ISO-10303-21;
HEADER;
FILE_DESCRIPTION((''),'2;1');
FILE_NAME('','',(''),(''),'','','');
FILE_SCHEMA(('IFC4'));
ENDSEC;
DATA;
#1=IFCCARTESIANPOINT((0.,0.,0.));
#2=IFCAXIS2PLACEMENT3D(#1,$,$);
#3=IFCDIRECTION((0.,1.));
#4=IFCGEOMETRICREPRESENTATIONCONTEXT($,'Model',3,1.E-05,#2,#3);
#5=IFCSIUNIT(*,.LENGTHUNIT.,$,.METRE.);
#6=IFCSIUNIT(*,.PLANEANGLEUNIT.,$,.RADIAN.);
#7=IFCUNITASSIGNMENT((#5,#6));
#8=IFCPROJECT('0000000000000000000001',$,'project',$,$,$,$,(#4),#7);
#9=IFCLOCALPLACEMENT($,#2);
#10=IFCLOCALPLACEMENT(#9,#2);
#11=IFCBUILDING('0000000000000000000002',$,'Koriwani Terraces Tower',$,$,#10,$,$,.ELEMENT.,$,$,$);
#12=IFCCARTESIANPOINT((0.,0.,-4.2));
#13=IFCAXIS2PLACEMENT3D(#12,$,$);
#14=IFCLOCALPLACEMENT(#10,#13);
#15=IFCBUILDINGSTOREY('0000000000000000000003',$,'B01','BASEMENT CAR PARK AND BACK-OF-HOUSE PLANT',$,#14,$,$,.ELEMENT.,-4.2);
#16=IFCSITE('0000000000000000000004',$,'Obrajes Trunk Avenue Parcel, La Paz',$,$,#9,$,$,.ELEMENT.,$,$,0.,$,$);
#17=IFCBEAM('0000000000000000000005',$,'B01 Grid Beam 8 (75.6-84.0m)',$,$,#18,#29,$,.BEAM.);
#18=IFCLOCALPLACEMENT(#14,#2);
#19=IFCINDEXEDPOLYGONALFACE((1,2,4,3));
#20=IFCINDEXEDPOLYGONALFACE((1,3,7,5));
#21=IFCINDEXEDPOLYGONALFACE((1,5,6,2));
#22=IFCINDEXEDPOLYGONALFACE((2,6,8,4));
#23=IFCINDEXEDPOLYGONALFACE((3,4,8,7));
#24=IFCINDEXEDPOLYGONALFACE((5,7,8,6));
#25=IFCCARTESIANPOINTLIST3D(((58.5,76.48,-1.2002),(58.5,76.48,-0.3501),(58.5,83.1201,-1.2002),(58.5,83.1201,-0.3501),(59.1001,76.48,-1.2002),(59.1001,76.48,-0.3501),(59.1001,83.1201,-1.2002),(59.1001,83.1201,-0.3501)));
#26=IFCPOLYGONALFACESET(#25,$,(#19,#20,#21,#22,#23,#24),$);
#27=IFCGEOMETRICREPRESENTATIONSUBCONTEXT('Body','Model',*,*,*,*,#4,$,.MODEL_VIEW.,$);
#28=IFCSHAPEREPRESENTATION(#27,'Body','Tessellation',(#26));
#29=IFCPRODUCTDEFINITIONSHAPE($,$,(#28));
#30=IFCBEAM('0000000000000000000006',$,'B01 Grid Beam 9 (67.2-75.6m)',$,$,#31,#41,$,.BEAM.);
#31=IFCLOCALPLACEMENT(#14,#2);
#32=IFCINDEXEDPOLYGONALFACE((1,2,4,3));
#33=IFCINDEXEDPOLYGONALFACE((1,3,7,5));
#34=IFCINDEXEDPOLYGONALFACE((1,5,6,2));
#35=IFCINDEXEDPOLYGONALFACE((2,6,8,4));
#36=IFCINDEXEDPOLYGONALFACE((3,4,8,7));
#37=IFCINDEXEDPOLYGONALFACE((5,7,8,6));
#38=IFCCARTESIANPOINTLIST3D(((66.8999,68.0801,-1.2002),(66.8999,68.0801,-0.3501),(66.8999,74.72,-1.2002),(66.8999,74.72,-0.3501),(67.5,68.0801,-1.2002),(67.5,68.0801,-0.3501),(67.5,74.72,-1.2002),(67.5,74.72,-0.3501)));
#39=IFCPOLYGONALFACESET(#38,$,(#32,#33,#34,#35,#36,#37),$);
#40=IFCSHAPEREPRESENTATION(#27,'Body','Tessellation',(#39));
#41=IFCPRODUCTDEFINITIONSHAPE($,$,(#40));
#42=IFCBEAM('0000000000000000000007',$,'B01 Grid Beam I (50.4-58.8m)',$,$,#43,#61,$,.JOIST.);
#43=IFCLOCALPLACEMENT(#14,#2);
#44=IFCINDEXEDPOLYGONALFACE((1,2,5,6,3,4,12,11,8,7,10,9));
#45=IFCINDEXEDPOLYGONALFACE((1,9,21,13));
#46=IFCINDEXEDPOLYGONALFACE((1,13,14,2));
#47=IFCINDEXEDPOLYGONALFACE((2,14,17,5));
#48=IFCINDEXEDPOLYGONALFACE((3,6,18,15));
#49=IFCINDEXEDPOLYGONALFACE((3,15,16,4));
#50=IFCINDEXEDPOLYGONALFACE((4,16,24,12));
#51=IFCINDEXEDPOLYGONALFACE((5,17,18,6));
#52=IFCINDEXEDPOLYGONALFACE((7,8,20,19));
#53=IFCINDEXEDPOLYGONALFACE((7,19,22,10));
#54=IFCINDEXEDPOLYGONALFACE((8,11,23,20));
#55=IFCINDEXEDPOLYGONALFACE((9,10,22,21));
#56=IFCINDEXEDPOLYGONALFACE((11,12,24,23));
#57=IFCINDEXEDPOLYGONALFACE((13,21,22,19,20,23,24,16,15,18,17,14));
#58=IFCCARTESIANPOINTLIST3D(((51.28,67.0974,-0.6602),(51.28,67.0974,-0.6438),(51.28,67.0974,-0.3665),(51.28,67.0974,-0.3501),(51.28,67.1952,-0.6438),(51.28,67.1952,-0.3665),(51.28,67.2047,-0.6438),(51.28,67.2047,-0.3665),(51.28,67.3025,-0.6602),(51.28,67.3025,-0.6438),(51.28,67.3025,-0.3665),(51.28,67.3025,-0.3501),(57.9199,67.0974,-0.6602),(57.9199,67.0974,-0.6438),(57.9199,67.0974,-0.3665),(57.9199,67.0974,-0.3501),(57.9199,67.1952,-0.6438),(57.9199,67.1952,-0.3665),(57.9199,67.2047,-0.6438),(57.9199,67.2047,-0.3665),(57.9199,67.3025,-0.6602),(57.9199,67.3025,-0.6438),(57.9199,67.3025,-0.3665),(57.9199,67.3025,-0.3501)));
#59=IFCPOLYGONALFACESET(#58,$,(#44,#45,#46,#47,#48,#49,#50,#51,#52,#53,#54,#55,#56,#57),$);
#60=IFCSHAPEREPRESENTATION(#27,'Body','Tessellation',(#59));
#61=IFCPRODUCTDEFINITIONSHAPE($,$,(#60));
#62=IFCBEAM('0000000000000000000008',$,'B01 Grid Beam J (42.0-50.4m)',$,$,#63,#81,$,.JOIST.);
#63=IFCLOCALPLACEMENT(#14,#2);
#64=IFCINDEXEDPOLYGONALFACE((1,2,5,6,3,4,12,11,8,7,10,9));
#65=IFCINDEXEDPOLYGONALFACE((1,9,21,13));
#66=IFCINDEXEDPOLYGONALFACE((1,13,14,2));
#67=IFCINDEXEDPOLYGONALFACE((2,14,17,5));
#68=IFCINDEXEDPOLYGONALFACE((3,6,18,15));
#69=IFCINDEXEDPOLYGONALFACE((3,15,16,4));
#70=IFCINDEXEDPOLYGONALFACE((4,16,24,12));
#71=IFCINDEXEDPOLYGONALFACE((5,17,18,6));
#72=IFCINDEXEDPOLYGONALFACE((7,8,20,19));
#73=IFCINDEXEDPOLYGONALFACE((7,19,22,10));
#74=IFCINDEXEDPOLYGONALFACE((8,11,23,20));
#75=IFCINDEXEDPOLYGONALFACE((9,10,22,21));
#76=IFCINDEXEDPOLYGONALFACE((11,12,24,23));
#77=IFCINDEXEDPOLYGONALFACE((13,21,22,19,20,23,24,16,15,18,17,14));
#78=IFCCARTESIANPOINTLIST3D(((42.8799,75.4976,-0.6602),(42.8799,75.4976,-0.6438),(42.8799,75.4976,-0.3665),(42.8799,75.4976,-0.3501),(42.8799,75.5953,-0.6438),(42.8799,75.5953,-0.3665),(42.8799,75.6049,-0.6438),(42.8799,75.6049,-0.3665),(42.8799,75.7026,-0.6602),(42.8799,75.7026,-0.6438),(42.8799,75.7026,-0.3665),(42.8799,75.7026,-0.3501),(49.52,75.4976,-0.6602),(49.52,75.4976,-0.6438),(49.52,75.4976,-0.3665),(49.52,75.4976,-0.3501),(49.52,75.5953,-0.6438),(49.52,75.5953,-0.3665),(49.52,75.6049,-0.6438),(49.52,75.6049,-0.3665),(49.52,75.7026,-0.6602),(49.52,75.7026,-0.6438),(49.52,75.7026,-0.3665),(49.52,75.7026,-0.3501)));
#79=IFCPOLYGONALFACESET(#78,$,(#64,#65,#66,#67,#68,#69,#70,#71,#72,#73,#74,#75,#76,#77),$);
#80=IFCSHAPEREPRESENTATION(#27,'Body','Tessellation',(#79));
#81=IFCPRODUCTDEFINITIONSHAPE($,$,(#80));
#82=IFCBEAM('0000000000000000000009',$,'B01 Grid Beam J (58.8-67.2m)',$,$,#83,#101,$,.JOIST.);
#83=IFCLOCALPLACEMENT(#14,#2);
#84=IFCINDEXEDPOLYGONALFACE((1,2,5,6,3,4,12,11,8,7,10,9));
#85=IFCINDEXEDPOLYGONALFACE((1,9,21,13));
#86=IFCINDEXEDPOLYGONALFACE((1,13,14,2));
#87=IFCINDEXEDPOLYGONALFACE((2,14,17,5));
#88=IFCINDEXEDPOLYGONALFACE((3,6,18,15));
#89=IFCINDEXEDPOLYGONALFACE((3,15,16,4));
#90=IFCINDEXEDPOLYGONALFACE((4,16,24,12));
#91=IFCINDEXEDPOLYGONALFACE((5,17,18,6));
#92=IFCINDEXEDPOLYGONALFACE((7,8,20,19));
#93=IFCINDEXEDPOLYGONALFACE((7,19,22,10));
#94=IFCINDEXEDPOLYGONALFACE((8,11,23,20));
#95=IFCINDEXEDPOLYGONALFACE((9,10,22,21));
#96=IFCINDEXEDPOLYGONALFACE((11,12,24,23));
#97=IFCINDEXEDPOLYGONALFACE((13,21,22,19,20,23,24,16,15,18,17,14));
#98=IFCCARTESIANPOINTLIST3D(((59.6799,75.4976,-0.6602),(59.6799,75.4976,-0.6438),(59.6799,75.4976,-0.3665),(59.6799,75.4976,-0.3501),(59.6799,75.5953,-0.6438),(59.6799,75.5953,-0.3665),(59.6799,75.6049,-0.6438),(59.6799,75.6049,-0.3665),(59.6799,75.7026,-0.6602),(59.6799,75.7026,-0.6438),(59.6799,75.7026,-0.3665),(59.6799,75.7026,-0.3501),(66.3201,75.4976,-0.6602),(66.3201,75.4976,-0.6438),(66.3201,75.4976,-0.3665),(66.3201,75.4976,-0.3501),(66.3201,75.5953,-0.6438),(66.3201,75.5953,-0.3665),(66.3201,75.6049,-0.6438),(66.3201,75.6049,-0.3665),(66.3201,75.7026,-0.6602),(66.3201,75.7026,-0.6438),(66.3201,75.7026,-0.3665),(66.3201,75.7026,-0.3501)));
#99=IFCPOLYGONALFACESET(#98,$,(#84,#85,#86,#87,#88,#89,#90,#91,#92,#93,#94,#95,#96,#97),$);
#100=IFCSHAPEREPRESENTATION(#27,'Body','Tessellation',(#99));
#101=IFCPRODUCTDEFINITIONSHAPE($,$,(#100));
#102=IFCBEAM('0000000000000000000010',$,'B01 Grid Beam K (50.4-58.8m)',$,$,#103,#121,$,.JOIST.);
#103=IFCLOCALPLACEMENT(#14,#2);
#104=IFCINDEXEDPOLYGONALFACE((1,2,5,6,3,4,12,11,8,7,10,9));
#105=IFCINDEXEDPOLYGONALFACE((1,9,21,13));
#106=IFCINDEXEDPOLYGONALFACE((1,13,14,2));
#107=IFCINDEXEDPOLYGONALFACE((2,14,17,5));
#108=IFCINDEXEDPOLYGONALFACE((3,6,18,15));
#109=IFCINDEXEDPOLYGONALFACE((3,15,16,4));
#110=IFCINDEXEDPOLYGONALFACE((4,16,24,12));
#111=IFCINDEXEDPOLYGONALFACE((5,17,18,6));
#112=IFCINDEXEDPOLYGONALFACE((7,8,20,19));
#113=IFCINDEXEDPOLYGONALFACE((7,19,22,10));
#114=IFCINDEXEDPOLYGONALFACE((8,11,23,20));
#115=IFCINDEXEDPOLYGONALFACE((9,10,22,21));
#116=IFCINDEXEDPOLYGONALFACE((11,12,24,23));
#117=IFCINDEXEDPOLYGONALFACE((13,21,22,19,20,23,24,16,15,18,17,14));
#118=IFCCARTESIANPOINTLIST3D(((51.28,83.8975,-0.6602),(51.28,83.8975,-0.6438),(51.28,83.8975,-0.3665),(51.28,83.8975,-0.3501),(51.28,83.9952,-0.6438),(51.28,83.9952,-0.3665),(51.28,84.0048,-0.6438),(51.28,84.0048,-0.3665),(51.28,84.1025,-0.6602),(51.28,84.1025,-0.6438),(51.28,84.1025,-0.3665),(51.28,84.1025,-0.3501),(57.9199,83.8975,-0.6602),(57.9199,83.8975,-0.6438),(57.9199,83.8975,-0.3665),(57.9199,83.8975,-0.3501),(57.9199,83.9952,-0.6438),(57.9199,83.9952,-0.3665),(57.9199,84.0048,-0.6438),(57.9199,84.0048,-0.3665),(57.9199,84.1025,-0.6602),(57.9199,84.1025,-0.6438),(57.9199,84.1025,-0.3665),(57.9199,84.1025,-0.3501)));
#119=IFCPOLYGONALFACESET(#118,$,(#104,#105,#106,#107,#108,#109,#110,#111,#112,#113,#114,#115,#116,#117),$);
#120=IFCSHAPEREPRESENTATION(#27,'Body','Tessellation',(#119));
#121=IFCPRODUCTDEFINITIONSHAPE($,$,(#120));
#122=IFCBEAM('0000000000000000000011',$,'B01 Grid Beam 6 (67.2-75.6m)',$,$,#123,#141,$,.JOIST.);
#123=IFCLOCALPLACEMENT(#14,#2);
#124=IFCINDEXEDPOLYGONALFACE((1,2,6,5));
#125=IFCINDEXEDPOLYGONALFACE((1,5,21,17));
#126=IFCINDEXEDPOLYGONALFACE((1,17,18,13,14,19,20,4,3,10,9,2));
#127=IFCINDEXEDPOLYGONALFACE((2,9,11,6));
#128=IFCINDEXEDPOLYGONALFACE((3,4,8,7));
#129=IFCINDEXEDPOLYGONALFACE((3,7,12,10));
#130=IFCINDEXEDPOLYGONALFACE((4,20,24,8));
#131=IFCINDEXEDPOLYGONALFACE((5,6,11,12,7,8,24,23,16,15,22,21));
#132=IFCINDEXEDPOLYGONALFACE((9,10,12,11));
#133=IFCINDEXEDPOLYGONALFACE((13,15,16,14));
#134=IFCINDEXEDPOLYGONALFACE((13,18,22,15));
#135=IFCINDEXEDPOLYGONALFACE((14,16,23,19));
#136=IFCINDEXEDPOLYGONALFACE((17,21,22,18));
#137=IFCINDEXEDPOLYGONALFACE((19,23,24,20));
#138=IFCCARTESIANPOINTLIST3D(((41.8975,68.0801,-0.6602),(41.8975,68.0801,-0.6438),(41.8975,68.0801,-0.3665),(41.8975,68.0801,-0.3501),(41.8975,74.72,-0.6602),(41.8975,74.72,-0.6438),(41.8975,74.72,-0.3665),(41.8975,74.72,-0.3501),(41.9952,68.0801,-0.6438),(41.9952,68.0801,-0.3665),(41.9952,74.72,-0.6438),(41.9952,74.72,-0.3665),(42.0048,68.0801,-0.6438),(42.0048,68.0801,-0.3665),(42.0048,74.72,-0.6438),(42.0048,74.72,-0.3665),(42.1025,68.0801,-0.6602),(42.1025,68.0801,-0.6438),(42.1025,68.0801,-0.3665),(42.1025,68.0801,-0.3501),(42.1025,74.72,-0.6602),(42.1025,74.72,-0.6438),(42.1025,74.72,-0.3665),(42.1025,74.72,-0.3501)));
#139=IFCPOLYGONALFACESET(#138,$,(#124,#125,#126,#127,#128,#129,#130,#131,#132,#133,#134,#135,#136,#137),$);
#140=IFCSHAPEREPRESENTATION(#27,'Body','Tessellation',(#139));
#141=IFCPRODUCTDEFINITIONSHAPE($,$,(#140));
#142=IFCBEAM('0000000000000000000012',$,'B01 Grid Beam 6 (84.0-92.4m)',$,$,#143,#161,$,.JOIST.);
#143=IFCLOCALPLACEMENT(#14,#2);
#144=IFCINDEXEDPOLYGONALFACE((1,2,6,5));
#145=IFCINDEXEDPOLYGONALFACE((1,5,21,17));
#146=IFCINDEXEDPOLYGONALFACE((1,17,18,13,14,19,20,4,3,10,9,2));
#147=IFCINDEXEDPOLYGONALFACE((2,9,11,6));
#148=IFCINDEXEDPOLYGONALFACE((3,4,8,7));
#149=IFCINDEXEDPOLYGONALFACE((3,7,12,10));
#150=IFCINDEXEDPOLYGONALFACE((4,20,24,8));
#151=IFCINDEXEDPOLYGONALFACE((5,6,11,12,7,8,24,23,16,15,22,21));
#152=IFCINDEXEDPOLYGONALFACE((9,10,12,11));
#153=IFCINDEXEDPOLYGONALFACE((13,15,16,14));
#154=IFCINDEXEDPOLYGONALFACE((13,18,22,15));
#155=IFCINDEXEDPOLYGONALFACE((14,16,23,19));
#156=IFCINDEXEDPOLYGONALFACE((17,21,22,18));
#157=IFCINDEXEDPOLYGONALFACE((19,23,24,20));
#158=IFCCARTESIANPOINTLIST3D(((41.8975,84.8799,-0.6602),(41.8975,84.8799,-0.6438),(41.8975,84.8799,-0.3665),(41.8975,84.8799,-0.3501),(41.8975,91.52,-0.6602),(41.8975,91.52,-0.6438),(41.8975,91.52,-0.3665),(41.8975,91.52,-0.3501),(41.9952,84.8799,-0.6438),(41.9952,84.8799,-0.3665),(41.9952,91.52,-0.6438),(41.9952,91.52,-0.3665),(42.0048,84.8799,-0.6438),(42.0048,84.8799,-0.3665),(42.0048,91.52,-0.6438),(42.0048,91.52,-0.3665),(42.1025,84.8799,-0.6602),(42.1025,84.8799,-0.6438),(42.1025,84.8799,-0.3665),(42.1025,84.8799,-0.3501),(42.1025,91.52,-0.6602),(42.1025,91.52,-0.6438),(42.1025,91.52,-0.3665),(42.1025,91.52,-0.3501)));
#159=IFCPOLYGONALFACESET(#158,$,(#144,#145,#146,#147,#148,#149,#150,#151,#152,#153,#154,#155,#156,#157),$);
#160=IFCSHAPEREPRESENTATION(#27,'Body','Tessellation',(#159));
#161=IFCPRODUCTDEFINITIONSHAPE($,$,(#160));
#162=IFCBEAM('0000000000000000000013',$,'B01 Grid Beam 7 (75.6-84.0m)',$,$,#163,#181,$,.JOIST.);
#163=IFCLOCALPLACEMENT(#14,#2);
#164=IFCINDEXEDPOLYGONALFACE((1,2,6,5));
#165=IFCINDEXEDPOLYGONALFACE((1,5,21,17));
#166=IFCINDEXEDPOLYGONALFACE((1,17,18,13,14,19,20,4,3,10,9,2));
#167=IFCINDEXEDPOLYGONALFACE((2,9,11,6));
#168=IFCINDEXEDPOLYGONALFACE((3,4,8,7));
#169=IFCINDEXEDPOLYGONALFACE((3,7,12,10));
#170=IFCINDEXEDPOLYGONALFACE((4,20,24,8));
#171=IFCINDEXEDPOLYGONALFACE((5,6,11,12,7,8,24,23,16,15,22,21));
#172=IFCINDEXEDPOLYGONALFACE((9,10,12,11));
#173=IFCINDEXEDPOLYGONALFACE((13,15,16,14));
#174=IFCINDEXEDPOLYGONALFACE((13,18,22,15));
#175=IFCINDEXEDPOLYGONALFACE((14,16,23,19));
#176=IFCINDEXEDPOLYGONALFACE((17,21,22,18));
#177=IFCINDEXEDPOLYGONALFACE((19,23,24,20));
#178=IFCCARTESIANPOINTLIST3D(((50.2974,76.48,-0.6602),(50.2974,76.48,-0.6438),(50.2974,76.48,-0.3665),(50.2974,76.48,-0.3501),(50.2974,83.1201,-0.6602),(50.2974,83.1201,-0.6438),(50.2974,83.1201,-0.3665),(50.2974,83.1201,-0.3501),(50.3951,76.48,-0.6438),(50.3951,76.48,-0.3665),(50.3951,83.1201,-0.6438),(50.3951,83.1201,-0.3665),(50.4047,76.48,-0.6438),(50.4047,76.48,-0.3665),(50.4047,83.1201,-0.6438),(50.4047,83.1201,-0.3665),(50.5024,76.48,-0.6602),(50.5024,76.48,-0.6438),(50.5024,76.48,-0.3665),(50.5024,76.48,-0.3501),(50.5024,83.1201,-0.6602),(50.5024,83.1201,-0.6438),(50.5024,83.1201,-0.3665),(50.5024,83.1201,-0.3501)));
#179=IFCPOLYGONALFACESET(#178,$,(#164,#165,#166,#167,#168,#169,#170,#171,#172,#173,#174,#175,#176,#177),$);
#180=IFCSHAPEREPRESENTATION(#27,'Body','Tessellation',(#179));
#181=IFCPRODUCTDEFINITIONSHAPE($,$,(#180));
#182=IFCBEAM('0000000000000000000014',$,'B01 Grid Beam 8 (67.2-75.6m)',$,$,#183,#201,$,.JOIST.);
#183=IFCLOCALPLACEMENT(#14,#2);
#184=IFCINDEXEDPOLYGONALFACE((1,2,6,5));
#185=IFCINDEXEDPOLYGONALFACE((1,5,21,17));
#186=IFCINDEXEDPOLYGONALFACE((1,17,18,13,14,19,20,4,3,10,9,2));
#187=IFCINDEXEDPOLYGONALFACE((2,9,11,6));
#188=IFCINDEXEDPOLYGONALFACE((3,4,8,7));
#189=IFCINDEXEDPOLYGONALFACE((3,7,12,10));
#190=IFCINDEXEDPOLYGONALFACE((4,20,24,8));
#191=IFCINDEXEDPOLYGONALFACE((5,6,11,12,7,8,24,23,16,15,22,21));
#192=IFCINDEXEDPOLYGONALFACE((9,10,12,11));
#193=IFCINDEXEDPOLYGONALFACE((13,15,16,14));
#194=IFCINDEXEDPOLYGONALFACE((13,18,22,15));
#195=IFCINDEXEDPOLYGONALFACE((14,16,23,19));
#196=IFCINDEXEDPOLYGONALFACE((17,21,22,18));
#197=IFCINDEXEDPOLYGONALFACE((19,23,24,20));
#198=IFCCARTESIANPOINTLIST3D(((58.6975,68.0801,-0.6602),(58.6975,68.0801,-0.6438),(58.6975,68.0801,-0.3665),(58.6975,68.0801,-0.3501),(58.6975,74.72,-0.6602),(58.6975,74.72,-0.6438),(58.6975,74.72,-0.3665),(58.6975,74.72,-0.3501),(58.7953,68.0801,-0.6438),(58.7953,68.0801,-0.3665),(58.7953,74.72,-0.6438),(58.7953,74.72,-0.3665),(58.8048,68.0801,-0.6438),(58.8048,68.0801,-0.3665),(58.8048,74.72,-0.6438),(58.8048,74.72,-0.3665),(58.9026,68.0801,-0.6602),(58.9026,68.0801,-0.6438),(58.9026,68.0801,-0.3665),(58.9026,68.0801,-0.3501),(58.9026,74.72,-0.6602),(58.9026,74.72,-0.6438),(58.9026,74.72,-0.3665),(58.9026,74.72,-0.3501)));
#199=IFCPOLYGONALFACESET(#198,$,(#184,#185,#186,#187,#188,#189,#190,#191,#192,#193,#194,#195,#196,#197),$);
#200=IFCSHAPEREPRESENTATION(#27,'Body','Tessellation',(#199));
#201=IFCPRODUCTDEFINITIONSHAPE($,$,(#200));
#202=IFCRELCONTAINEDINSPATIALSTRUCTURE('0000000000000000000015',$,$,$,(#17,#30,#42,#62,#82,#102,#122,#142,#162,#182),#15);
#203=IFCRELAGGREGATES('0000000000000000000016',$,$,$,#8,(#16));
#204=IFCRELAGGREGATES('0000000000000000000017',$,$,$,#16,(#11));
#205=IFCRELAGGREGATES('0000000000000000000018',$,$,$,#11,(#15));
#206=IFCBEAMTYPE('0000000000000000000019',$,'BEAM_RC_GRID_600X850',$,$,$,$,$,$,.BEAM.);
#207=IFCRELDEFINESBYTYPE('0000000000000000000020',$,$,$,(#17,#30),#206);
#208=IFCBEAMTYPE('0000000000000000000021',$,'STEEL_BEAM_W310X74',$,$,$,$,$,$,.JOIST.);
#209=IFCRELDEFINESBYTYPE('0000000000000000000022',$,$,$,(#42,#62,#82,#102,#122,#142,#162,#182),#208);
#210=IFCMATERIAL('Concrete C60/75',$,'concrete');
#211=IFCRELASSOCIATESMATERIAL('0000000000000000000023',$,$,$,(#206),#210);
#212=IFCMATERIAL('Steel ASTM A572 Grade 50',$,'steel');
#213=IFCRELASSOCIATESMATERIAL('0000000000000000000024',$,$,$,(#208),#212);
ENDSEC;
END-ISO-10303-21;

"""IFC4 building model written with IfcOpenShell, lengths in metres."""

from ifc_helpers import new_model, si_unit, direction, frame, origin, origin_2d, place, context, subcontext, project, spatial, rectangle, i_section, extrude, material, material_profile, profile_set, type_object, element, save


model = new_model("IFC4")

# Units and contexts
model_context = context("Model", 3, precision=1e-05, world=origin(), true_north=direction((0.0, 1.0)))
body_context = subcontext(model_context, "Body", "Model", "MODEL_VIEW")
ifc_project = project(units=[si_unit("LENGTHUNIT", "METRE"), si_unit("PLANEANGLEUNIT", "RADIAN")], contexts=[model_context])

# Site, building, storey
site_placement = place(None, origin())
site = spatial("IfcSite", under=ifc_project, at=site_placement, Name="Obrajes Trunk Avenue Parcel, La Paz", CompositionType="ELEMENT", RefElevation=0.0)
building_placement = place(site_placement, origin())
building = spatial("IfcBuilding", under=site, at=building_placement, Name="Koriwani Terraces Tower", CompositionType="ELEMENT")
storey_placement = place(building_placement, frame((0.0, 0.0, -4.2)))
storey = spatial("IfcBuildingStorey", under=building, at=storey_placement, Name="B01", Description="BASEMENT CAR PARK AND BACK-OF-HOUSE PLANT", CompositionType="ELEMENT", Elevation=-4.2)

# Shared definitions
ifc_material_1 = material(Name="Concrete C60/75", Category="concrete")

# Beams
ifc_material_profile_1 = material_profile(ifc_material_1, rectangle(XDim=0.6001, YDim=0.8501, at=origin_2d()), Name="Concrete C60/75", Category="LoadBearing")
ifc_profile_set_1 = profile_set([ifc_material_profile_1], Name="Concrete C60/75")
beam_type_1 = type_object("IfcBeamType", Name="BEAM_RC_GRID_600X850", PredefinedType="BEAM", material=ifc_profile_set_1)
for number, where, z_axis, x_axis, name in (
    (1, (58.8, 76.48, -0.7751), (0.0, 1.0, 0.0), (-1.0, 0.0, 0.0), "B01 Grid Beam 8 (75.6-84.0m)"),
):
    element("IfcBeam", number, at=place(storey_placement, frame(where, z_axis=z_axis, x_axis=x_axis)), inside=storey, type_object=beam_type_1, Name=name, PredefinedType="BEAM", context=body_context, shape_type="SweptSolid", body=[
        extrude(rectangle(XDim=0.6001, YDim=0.8501, at=origin_2d()), origin(), (0.0, 0.0, 1.0), 6.6401),
    ])
beam_1_placement = place(storey_placement, frame((67.2, 68.0801, -0.7751), z_axis=(0.0, 1.0, 0.0), x_axis=(-1.0, 0.0, 0.0)))
element("IfcBeam", 2, at=beam_1_placement, inside=storey, type_object=beam_type_1, Name="B01 Grid Beam 9 (67.2-75.6m)", PredefinedType="BEAM", context=body_context, shape_type="SweptSolid", body=[
    extrude(rectangle(XDim=0.6001, YDim=0.8501, at=origin_2d()), origin(), (0.0, 0.0, 1.0), 6.6399),
])
ifc_material_2 = material(Name="Steel ASTM A572 Grade 50", Category="steel")
ifc_material_profile_2 = material_profile(ifc_material_2, i_section(OverallWidth=0.2051, OverallDepth=0.3101, WebThickness=0.0095, FlangeThickness=0.0164, at=origin_2d()), Name="Steel ASTM A572 Grade 50", Category="LoadBearing")
ifc_profile_set_2 = profile_set([ifc_material_profile_2], Name="Steel ASTM A572 Grade 50")
beam_type_2 = type_object("IfcBeamType", Name="STEEL_BEAM_W310X74", PredefinedType="JOIST", material=ifc_profile_set_2)
beam_2_placement = place(storey_placement, frame((51.28, 67.2, -0.5051), z_axis=(1.0, 0.0, 0.0), x_axis=(0.0, 1.0, 0.0)))
element("IfcBeam", 3, at=beam_2_placement, inside=storey, type_object=beam_type_2, Name="B01 Grid Beam I (50.4-58.8m)", PredefinedType="JOIST", context=body_context, shape_type="SweptSolid", body=[
    extrude(i_section(OverallWidth=0.2051, OverallDepth=0.3101, WebThickness=0.0095, FlangeThickness=0.0164, at=origin_2d()), origin(), (0.0, 0.0, 1.0), 6.6399),
])
for number, where, z_axis, x_axis, name in (
    (4, (42.8799, 75.6001, -0.5051), (1.0, 0.0, 0.0), (0.0, 1.0, 0.0), "B01 Grid Beam J (42.0-50.4m)"),
    (5, (59.6799, 75.6001, -0.5051), (1.0, 0.0, 0.0), (0.0, 1.0, 0.0), "B01 Grid Beam J (58.8-67.2m)"),
):
    element("IfcBeam", number, at=place(storey_placement, frame(where, z_axis=z_axis, x_axis=x_axis)), inside=storey, type_object=beam_type_2, Name=name, PredefinedType="JOIST", context=body_context, shape_type="SweptSolid", body=[
        extrude(i_section(OverallWidth=0.2051, OverallDepth=0.3101, WebThickness=0.0095, FlangeThickness=0.0164, at=origin_2d()), origin(), (0.0, 0.0, 1.0), 6.6401),
    ])
for number, where, z_axis, x_axis, name in (
    (6, (51.28, 84.0, -0.5051), (1.0, 0.0, 0.0), (0.0, 1.0, 0.0), "B01 Grid Beam K (50.4-58.8m)"),
    (7, (42.0, 68.0801, -0.5051), (0.0, 1.0, 0.0), (-1.0, 0.0, 0.0), "B01 Grid Beam 6 (67.2-75.6m)"),
):
    element("IfcBeam", number, at=place(storey_placement, frame(where, z_axis=z_axis, x_axis=x_axis)), inside=storey, type_object=beam_type_2, Name=name, PredefinedType="JOIST", context=body_context, shape_type="SweptSolid", body=[
        extrude(i_section(OverallWidth=0.2051, OverallDepth=0.3101, WebThickness=0.0095, FlangeThickness=0.0164, at=origin_2d()), origin(), (0.0, 0.0, 1.0), 6.6399),
    ])
for number, where, z_axis, x_axis, name in (
    (8, (42.0, 84.8799, -0.5051), (0.0, 1.0, 0.0), (-1.0, 0.0, 0.0), "B01 Grid Beam 6 (84.0-92.4m)"),
    (9, (50.3999, 76.48, -0.5051), (0.0, 1.0, 0.0), (-1.0, 0.0, 0.0), "B01 Grid Beam 7 (75.6-84.0m)"),
):
    element("IfcBeam", number, at=place(storey_placement, frame(where, z_axis=z_axis, x_axis=x_axis)), inside=storey, type_object=beam_type_2, Name=name, PredefinedType="JOIST", context=body_context, shape_type="SweptSolid", body=[
        extrude(i_section(OverallWidth=0.2051, OverallDepth=0.3101, WebThickness=0.0095, FlangeThickness=0.0164, at=origin_2d()), origin(), (0.0, 0.0, 1.0), 6.6401),
    ])
beam_3_placement = place(storey_placement, frame((58.8, 68.0801, -0.5051), z_axis=(0.0, 1.0, 0.0), x_axis=(-1.0, 0.0, 0.0)))
element("IfcBeam", 10, at=beam_3_placement, inside=storey, type_object=beam_type_2, Name="B01 Grid Beam 8 (67.2-75.6m)", PredefinedType="JOIST", context=body_context, shape_type="SweptSolid", body=[
    extrude(i_section(OverallWidth=0.2051, OverallDepth=0.3101, WebThickness=0.0095, FlangeThickness=0.0164, at=origin_2d()), origin(), (0.0, 0.0, 1.0), 6.6399),
])

save(model, "model.ifc")
